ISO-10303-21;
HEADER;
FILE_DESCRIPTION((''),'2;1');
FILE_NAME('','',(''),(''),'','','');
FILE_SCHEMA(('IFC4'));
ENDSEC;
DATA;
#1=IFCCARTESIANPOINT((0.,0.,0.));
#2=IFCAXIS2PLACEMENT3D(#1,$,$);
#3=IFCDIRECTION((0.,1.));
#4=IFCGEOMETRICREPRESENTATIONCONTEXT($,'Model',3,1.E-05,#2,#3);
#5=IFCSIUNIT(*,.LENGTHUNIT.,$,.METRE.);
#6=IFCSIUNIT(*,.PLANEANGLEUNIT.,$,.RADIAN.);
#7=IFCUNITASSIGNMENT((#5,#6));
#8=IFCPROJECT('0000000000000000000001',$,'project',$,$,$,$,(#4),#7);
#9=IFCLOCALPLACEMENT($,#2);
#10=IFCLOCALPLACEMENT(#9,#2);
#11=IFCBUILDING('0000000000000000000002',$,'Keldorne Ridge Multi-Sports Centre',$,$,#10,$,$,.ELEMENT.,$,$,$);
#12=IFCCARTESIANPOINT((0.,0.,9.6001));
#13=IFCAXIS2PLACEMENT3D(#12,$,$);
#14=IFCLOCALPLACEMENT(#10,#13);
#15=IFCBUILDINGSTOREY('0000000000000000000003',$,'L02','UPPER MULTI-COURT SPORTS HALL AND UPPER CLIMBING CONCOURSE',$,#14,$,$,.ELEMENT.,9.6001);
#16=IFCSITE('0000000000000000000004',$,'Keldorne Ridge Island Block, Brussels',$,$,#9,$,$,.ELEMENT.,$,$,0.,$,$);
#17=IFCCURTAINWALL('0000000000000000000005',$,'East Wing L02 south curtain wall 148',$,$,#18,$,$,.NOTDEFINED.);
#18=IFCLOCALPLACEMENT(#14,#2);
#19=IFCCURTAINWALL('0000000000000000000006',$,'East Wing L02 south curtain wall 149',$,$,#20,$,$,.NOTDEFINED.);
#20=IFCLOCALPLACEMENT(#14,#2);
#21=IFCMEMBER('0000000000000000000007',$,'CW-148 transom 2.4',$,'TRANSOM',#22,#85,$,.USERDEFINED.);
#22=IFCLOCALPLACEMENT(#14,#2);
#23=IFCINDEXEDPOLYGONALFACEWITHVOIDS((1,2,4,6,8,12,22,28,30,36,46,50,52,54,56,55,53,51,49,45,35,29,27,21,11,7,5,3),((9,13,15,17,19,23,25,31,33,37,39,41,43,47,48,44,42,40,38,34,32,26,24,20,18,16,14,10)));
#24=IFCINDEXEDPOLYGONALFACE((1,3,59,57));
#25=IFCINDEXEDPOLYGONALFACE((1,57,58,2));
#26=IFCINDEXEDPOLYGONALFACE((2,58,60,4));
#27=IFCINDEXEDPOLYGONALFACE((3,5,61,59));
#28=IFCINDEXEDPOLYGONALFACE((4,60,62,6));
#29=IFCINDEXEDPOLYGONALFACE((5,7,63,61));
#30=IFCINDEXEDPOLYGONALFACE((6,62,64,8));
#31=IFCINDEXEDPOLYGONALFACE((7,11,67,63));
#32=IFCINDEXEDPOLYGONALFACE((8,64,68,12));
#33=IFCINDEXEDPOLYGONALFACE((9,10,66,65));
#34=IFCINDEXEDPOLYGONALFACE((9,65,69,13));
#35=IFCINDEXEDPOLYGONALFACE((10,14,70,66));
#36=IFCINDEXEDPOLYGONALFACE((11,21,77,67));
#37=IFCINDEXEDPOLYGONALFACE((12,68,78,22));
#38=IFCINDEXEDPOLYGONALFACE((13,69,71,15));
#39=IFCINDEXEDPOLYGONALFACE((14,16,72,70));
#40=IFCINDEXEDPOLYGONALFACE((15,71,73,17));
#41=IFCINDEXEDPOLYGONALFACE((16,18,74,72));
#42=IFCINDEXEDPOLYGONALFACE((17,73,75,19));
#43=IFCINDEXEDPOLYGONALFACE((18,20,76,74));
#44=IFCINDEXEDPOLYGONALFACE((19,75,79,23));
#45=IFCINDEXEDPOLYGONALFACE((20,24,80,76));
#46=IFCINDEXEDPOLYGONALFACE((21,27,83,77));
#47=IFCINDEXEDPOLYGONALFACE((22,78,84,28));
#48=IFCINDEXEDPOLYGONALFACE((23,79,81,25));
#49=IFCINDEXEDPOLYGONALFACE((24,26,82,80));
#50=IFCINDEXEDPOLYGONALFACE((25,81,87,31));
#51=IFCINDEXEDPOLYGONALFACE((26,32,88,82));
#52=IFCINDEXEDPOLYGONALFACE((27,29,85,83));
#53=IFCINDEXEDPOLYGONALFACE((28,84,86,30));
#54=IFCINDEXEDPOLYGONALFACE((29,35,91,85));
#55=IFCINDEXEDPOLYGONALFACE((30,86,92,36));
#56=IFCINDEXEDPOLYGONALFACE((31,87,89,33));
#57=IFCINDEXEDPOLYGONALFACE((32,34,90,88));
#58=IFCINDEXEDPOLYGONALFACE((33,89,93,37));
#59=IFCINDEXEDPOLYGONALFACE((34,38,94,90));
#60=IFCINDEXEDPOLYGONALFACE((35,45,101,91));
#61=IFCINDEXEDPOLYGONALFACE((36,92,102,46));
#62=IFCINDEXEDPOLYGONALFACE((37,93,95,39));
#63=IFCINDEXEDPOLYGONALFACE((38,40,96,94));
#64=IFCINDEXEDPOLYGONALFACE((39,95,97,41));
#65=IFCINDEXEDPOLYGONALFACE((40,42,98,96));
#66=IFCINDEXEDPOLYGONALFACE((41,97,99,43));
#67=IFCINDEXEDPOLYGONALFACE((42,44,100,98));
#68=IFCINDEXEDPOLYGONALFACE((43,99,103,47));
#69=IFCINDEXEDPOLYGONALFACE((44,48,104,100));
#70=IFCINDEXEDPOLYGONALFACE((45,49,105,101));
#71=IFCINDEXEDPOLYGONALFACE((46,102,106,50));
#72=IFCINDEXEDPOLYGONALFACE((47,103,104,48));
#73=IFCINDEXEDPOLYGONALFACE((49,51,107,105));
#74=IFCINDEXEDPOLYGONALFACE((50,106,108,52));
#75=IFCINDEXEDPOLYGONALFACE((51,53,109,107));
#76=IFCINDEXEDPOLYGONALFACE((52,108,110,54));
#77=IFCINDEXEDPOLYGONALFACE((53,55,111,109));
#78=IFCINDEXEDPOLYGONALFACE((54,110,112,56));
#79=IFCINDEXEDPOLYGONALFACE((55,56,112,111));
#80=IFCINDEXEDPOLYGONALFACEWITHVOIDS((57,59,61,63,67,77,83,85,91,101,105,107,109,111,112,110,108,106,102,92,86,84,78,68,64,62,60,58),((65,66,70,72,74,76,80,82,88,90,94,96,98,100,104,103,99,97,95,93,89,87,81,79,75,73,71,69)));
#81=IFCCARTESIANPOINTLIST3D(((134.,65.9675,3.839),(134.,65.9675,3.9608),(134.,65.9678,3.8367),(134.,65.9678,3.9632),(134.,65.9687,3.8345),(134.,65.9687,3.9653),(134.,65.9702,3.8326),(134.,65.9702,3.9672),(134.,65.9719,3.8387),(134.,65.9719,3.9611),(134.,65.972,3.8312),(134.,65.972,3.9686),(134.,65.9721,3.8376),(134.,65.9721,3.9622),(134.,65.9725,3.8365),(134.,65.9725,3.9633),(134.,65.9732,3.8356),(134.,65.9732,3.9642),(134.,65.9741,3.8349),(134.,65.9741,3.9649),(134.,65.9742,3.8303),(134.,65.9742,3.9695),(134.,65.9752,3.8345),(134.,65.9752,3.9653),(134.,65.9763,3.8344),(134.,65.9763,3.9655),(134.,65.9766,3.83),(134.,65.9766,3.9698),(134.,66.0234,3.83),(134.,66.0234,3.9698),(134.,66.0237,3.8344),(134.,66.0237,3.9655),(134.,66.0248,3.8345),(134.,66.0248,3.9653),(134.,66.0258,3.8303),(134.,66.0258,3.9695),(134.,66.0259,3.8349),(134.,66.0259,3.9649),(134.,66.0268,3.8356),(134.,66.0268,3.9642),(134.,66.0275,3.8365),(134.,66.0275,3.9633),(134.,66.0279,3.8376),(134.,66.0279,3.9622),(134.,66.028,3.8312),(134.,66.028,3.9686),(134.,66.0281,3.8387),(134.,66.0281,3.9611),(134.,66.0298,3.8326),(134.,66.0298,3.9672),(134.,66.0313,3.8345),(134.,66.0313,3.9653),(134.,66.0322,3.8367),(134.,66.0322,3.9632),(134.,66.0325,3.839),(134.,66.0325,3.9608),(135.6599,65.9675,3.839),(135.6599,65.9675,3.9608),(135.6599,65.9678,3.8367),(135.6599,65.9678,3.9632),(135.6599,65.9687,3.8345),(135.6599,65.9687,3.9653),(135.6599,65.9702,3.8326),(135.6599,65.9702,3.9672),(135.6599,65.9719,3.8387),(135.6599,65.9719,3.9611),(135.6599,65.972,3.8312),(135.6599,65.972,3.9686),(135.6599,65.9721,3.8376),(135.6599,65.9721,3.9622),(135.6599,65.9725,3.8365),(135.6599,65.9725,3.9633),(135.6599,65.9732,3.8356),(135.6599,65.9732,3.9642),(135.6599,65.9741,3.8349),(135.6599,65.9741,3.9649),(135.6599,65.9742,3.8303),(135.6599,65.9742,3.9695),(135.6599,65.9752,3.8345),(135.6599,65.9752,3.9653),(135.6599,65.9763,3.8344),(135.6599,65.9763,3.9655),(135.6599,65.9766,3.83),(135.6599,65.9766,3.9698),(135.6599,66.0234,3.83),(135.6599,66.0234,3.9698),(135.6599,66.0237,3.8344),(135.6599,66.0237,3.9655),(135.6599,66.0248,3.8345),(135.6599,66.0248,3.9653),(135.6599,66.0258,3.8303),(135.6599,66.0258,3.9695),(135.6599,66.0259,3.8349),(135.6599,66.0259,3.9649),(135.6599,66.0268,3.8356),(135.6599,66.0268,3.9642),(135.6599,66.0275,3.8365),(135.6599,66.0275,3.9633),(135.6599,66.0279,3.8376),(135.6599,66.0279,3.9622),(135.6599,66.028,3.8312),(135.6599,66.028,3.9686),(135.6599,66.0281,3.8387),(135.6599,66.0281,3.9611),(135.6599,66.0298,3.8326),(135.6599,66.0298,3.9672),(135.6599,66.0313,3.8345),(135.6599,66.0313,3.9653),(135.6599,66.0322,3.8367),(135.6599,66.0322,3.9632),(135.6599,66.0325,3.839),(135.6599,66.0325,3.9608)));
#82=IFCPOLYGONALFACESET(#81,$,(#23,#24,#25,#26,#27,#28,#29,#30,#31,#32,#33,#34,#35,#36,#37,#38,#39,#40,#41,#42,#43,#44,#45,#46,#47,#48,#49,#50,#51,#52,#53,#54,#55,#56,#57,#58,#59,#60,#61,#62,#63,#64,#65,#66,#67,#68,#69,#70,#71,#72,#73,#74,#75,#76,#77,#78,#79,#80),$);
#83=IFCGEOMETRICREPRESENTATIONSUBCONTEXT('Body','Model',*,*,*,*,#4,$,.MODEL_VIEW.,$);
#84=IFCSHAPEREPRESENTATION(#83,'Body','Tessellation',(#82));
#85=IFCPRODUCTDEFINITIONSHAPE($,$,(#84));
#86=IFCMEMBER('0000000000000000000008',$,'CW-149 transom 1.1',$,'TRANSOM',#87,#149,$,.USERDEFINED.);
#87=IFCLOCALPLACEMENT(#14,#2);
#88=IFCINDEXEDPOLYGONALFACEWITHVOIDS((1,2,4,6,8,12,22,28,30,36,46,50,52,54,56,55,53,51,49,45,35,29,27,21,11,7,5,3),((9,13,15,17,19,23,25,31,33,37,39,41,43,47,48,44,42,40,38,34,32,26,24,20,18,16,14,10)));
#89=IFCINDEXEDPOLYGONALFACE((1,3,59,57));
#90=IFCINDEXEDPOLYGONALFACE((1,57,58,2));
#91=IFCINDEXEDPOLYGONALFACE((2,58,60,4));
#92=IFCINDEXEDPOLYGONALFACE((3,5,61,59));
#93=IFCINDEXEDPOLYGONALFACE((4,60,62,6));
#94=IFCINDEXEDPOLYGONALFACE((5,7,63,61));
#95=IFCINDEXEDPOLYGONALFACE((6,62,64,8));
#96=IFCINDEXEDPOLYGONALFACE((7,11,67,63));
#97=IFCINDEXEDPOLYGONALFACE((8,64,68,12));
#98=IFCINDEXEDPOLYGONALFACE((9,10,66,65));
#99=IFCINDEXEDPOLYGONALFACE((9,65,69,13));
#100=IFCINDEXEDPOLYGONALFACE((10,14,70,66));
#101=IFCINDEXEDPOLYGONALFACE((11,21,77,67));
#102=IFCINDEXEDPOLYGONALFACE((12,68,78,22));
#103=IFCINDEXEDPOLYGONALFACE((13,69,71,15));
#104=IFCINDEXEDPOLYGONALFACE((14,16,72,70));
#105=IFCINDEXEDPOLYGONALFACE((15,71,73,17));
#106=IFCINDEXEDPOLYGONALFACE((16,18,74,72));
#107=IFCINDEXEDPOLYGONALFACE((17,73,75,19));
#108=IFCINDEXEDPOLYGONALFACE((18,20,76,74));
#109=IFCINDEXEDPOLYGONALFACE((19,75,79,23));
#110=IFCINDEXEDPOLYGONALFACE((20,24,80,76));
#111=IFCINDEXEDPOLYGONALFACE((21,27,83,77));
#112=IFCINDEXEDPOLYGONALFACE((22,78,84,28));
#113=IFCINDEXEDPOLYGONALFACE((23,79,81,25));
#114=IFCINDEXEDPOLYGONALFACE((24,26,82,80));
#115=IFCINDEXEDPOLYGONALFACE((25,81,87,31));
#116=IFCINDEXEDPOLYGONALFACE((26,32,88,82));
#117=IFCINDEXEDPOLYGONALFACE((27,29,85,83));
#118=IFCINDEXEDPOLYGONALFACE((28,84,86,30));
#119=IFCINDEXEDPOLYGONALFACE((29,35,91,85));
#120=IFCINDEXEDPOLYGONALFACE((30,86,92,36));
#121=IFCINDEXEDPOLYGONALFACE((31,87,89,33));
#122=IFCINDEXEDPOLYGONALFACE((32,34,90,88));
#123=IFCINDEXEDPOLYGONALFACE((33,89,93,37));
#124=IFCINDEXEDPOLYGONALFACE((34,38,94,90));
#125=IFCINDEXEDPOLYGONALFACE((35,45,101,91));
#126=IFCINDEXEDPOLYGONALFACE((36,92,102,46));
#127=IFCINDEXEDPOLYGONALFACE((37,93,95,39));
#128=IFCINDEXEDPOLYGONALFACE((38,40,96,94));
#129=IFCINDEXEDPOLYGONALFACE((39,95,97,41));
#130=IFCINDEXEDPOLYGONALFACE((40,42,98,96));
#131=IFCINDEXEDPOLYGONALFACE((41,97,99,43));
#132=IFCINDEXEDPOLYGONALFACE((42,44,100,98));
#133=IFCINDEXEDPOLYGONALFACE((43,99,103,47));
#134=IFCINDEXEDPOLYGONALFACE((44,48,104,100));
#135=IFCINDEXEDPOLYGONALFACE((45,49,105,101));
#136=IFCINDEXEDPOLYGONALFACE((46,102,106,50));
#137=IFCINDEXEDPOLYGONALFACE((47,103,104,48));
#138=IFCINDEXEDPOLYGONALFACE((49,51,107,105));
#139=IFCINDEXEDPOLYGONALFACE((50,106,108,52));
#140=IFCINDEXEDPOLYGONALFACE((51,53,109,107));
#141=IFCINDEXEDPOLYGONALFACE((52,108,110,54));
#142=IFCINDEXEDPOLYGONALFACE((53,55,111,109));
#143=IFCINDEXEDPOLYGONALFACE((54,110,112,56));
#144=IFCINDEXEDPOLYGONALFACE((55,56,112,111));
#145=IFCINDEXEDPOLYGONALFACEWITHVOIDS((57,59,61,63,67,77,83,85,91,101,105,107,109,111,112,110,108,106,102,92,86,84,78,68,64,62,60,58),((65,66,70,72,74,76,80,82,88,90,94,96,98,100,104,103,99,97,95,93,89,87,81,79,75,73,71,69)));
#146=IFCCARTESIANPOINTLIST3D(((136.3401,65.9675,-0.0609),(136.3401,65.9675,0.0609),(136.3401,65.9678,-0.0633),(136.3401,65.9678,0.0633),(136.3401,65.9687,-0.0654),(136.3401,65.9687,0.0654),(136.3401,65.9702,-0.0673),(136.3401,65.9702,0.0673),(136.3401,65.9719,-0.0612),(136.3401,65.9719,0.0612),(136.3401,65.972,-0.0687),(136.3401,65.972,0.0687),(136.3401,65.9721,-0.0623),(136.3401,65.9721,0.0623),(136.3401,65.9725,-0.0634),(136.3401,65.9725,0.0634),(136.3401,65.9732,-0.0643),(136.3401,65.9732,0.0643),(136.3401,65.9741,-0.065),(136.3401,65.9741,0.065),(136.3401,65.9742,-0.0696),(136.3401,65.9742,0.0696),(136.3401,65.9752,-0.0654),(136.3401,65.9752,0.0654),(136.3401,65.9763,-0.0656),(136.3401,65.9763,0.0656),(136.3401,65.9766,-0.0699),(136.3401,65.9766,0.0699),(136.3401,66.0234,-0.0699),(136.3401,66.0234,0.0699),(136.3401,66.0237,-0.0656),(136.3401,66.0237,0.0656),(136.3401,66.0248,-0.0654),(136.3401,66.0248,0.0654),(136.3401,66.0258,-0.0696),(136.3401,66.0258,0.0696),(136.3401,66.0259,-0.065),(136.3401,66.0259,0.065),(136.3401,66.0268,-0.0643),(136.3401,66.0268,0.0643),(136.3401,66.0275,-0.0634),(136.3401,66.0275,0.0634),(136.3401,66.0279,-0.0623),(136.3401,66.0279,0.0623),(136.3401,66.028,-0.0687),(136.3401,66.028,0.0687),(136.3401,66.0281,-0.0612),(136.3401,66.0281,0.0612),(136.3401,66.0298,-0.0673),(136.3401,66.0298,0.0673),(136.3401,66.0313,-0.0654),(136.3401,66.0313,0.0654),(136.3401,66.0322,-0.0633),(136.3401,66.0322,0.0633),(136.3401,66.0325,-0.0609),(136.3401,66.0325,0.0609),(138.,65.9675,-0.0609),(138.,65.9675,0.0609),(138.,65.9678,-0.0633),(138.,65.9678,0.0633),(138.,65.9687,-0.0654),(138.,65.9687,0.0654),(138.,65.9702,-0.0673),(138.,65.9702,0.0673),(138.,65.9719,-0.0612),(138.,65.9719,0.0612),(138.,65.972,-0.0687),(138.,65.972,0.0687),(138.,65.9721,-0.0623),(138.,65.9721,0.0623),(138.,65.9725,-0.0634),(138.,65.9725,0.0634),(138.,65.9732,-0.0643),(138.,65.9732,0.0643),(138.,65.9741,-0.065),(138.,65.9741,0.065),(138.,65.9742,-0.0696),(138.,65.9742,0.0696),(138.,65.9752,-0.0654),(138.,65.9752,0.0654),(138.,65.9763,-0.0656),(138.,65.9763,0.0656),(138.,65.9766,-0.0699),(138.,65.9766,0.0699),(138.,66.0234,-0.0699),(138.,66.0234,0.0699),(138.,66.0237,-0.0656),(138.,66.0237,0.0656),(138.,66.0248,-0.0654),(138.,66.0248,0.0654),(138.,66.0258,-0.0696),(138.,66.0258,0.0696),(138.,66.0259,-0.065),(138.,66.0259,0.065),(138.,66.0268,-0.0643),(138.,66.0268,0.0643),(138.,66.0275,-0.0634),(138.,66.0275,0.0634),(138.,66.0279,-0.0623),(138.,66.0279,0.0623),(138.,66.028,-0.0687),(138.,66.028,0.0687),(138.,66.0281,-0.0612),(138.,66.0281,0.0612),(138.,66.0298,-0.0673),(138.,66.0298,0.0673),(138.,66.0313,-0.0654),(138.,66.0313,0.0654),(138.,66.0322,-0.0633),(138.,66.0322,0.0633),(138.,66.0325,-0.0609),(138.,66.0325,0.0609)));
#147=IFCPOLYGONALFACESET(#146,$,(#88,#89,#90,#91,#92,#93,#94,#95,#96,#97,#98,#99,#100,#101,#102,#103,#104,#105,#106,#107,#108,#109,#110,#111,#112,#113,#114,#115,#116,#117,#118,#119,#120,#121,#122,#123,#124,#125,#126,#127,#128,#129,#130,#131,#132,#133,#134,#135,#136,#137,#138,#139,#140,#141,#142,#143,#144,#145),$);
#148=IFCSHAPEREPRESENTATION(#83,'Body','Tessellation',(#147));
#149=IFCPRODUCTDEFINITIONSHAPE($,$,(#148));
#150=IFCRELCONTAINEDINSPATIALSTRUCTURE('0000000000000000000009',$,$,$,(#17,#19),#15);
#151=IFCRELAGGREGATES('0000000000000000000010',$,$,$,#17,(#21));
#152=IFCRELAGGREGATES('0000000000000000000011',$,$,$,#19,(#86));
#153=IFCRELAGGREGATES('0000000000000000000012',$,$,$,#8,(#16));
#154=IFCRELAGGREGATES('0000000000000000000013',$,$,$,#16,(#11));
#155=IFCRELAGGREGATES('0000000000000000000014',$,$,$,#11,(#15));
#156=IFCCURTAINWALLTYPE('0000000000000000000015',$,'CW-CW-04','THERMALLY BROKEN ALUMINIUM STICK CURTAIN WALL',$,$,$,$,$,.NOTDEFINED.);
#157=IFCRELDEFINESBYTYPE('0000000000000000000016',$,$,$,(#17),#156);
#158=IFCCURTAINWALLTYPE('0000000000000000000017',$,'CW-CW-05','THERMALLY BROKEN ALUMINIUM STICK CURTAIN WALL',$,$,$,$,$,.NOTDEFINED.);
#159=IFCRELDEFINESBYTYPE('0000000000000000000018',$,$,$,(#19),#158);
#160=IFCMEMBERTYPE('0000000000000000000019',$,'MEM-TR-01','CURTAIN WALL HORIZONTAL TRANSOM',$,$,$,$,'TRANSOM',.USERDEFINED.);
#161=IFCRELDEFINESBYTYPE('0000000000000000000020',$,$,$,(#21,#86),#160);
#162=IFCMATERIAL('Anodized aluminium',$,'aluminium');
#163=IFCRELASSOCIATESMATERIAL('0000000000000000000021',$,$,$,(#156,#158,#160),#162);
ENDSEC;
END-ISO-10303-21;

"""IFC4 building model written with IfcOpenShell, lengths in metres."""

from ifc_helpers import new_model, si_unit, direction, frame, origin, origin_2d, place, context, subcontext, project, spatial, hollow_rectangle, extrude, material, material_profile, profile_set, type_object, element, aggregate, save


model = new_model("IFC4")

# Units and contexts
model_context = context("Model", 3, precision=1e-05, world=origin(), true_north=direction((0.0, 1.0)))
body_context = subcontext(model_context, "Body", "Model", "MODEL_VIEW")
ifc_project = project(units=[si_unit("LENGTHUNIT", "METRE"), si_unit("PLANEANGLEUNIT", "RADIAN")], contexts=[model_context])

# Site, building, storey
site_placement = place(None, origin())
site = spatial("IfcSite", under=ifc_project, at=site_placement, Name="Keldorne Ridge Island Block, Brussels", CompositionType="ELEMENT", RefElevation=0.0)
building_placement = place(site_placement, origin())
building = spatial("IfcBuilding", under=site, at=building_placement, Name="Keldorne Ridge Multi-Sports Centre", CompositionType="ELEMENT")
storey_placement = place(building_placement, frame((0.0, 0.0, 9.6001)))
storey = spatial("IfcBuildingStorey", under=building, at=storey_placement, Name="L02", Description="UPPER MULTI-COURT SPORTS HALL AND UPPER CLIMBING CONCOURSE", CompositionType="ELEMENT", Elevation=9.6001)

# Curtain walls
ifc_material_1 = material(Name="Anodized aluminium", Category="aluminium")
curtain_wall_type_1 = type_object("IfcCurtainWallType", Name="CW-CW-04", Description="THERMALLY BROKEN ALUMINIUM STICK CURTAIN WALL", PredefinedType="NOTDEFINED", material=ifc_material_1)
curtain_wall_1_placement = place(storey_placement, origin())
curtain_wall_1 = element("IfcCurtainWall", 1, at=curtain_wall_1_placement, inside=storey, type_object=curtain_wall_type_1, Name="East Wing L02 south curtain wall 148", PredefinedType="NOTDEFINED")
curtain_wall_type_2 = type_object("IfcCurtainWallType", Name="CW-CW-05", Description="THERMALLY BROKEN ALUMINIUM STICK CURTAIN WALL", PredefinedType="NOTDEFINED", material=ifc_material_1)
curtain_wall_2_placement = place(storey_placement, origin())
curtain_wall_2 = element("IfcCurtainWall", 2, at=curtain_wall_2_placement, inside=storey, type_object=curtain_wall_type_2, Name="East Wing L02 south curtain wall 149", PredefinedType="NOTDEFINED")

# Members
ifc_material_profile_1 = material_profile(ifc_material_1, hollow_rectangle(XDim=0.0649, YDim=0.1399, WallThickness=0.0044, InnerFilletRadius=0.0044, OuterFilletRadius=0.009, at=origin_2d()), Name="ALU TRANSOM 140x65x4.5")
ifc_profile_set_1 = profile_set([ifc_material_profile_1], Name="Anodized aluminium")
member_type_1 = type_object("IfcMemberType", Name="MEM-TR-01", Description="CURTAIN WALL HORIZONTAL TRANSOM", ElementType="TRANSOM", PredefinedType="USERDEFINED", material=ifc_profile_set_1)
member_1_placement = place(storey_placement, frame((134.0, 66.0, 3.8999), z_axis=(1.0, 0.0, 0.0), x_axis=(0.0, 1.0, 0.0)))
member_1 = element("IfcMember", 3, at=member_1_placement, type_object=member_type_1, Name="CW-148 transom 2.4", ObjectType="TRANSOM", PredefinedType="USERDEFINED", context=body_context, shape_type="SweptSolid", body=[
    extrude(hollow_rectangle(XDim=0.0649, YDim=0.1399, WallThickness=0.0044, InnerFilletRadius=0.0044, OuterFilletRadius=0.009, at=origin_2d()), origin(), (0.0, 0.0, 1.0), 1.6599),
])
member_2_placement = place(storey_placement, frame((136.3401, 66.0, 0.0), z_axis=(1.0, 0.0, 0.0), x_axis=(0.0, 1.0, 0.0)))
member_2 = element("IfcMember", 4, at=member_2_placement, type_object=member_type_1, Name="CW-149 transom 1.1", ObjectType="TRANSOM", PredefinedType="USERDEFINED", context=body_context, shape_type="SweptSolid", body=[
    extrude(hollow_rectangle(XDim=0.0649, YDim=0.1399, WallThickness=0.0044, InnerFilletRadius=0.0044, OuterFilletRadius=0.009, at=origin_2d()), origin(), (0.0, 0.0, 1.0), 1.6599),
])

aggregate(curtain_wall_1, [member_1])
aggregate(curtain_wall_2, [member_2])

save(model, "model.ifc")
